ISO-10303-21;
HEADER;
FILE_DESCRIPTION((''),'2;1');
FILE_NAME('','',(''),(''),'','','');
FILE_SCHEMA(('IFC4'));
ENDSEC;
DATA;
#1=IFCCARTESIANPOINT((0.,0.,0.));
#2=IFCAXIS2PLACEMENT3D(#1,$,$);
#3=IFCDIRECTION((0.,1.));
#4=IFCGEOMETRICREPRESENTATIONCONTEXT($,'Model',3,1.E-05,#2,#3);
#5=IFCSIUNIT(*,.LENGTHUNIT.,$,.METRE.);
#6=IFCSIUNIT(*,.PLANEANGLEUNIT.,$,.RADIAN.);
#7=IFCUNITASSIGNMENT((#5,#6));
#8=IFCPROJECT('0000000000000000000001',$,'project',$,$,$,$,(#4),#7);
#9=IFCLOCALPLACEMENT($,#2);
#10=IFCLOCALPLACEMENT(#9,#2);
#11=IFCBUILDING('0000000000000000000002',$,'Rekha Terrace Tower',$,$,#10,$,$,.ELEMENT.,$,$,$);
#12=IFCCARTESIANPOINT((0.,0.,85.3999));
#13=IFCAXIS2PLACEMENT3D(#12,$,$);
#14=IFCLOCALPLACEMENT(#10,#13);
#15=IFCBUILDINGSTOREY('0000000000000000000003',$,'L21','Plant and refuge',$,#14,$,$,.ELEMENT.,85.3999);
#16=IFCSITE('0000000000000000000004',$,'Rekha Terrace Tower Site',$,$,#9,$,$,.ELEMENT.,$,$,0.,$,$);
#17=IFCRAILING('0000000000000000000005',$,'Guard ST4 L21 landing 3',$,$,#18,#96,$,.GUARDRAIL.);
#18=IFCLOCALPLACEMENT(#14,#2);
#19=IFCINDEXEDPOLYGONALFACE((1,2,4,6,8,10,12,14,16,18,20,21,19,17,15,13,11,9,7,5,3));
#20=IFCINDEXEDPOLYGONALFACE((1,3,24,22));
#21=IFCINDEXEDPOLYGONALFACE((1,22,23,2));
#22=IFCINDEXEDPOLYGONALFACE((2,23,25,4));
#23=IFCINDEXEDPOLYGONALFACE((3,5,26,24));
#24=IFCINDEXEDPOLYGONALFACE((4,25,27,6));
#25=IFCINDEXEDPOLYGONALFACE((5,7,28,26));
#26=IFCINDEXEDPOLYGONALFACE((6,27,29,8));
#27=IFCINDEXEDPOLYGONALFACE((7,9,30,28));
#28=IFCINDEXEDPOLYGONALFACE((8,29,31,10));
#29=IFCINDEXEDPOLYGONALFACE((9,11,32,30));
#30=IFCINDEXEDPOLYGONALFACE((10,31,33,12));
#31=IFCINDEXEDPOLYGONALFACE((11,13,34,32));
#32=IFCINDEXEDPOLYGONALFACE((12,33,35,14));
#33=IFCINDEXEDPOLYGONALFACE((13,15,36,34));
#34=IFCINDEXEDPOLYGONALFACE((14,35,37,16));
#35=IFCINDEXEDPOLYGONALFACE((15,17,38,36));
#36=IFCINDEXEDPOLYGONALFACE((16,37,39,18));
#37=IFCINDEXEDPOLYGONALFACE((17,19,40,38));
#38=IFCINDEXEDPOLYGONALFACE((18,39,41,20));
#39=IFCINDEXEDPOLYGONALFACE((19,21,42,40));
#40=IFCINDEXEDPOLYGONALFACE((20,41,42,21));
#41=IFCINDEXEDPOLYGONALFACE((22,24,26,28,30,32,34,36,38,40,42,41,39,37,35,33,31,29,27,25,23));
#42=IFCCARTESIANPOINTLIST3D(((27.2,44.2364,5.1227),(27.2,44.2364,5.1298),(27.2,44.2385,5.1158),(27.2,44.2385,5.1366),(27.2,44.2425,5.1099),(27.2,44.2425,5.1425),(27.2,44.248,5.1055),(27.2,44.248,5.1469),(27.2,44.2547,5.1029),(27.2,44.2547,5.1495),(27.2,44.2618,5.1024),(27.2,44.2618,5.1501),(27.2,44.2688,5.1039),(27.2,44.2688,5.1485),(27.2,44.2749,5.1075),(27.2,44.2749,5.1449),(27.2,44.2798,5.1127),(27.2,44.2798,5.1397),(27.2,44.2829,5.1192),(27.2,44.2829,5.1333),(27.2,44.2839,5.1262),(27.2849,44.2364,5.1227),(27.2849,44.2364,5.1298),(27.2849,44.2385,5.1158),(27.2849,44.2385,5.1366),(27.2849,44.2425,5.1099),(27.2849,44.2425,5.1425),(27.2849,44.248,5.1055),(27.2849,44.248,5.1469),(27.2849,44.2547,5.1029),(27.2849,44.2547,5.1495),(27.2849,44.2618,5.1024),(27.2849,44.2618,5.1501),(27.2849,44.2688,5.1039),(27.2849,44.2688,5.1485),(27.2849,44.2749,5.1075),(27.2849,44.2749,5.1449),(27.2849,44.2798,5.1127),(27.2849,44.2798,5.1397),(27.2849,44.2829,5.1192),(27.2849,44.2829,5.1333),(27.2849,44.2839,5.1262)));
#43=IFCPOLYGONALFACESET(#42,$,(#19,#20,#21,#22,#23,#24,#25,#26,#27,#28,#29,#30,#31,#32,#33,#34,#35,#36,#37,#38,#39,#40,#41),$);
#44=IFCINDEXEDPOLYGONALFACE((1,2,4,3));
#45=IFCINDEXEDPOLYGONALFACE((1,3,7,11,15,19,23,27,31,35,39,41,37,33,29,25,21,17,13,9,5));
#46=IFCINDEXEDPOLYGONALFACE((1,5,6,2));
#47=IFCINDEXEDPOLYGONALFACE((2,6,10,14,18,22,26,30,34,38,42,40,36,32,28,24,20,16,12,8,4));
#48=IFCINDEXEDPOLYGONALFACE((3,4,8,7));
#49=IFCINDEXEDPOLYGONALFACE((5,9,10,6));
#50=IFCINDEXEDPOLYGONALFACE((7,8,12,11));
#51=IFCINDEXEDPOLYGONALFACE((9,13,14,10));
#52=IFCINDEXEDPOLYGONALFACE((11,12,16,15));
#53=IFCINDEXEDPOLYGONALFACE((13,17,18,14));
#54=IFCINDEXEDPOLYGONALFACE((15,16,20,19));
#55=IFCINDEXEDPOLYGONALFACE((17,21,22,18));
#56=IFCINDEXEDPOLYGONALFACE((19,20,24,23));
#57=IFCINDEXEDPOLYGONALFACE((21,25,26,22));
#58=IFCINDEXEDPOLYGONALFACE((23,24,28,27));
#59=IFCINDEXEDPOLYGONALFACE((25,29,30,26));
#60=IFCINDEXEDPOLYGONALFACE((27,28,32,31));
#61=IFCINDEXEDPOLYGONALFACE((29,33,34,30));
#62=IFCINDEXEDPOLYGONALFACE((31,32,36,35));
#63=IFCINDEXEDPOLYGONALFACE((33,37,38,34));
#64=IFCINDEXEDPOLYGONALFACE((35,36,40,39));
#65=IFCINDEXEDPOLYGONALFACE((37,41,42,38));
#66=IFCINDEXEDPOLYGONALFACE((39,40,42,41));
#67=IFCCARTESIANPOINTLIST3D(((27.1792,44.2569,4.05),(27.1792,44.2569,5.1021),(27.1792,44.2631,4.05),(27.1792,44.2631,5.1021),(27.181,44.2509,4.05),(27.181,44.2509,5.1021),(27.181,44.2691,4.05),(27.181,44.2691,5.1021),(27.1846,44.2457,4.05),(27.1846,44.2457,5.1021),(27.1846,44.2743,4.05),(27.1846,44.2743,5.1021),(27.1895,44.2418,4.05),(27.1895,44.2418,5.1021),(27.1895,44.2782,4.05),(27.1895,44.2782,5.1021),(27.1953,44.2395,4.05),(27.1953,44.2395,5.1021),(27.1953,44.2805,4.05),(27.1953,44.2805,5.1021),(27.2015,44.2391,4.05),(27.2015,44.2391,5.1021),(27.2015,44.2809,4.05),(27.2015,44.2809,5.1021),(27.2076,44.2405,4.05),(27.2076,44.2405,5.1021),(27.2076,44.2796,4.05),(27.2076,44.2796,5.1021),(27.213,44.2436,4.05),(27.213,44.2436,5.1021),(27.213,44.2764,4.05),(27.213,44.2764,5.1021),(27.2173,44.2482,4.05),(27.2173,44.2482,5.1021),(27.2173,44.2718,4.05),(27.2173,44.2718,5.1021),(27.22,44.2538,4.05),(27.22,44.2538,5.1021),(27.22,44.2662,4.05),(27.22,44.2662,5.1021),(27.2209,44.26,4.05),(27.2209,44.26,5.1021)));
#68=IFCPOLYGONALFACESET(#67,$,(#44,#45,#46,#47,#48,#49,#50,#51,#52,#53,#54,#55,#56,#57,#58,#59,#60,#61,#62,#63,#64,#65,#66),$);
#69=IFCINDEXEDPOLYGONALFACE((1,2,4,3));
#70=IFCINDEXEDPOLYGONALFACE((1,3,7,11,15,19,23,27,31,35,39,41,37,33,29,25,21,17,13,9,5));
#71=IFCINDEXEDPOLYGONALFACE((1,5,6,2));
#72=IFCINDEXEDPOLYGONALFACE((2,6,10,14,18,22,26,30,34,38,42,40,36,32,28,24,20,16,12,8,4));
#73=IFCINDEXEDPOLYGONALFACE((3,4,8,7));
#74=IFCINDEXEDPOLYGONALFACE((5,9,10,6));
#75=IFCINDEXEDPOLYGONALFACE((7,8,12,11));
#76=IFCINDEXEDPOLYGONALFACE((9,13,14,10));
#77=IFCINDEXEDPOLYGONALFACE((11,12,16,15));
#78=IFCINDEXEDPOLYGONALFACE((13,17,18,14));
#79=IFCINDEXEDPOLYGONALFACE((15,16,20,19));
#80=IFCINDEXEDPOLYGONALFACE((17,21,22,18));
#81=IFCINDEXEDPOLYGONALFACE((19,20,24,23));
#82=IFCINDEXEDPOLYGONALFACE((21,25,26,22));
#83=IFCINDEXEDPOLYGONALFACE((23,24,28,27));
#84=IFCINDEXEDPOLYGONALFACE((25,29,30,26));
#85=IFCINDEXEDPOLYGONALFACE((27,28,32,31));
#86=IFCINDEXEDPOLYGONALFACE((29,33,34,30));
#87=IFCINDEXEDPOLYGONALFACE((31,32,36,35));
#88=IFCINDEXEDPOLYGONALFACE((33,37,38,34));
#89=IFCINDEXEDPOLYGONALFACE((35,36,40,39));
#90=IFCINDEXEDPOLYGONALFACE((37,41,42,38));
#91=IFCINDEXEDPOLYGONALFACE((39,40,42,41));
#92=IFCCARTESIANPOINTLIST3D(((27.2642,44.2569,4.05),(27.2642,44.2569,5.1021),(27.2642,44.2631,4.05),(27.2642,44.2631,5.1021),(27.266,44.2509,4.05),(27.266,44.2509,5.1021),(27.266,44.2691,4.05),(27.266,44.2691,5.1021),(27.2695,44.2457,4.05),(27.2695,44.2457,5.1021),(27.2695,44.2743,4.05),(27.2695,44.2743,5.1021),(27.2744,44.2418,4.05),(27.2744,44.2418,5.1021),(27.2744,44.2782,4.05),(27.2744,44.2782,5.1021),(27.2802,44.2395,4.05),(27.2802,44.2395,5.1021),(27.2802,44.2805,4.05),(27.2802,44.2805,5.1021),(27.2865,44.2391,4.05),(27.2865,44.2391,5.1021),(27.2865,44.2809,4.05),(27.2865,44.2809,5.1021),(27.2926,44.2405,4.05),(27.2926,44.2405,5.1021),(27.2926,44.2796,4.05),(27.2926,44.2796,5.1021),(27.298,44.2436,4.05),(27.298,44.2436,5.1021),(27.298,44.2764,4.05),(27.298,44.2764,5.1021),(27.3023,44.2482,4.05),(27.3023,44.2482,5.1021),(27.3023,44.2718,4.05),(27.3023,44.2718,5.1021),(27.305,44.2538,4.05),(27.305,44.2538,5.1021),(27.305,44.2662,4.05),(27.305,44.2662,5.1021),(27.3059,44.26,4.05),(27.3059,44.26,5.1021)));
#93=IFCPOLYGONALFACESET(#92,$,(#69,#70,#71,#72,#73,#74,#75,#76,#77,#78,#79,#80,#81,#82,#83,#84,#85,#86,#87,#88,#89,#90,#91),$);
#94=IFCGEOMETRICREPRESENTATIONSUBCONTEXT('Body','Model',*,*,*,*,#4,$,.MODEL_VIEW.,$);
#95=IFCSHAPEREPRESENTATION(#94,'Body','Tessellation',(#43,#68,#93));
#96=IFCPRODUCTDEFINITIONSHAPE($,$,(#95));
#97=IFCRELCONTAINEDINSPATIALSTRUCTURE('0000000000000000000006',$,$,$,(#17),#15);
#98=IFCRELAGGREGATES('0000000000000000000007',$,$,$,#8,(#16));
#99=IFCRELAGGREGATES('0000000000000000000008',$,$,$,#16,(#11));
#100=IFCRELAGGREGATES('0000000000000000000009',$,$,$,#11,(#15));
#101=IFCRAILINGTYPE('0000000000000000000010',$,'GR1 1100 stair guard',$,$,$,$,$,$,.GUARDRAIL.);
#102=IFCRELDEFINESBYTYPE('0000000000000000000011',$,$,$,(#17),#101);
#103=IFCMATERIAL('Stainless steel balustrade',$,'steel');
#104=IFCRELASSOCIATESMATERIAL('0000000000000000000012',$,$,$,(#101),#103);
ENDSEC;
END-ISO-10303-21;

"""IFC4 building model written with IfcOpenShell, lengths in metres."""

from ifc_helpers import new_model, si_unit, direction, frame, origin, origin_2d, place, context, subcontext, project, spatial, circle, extrude, material, type_object, element, save


model = new_model("IFC4")

# Units and contexts
model_context = context("Model", 3, precision=1e-05, world=origin(), true_north=direction((0.0, 1.0)))
body_context = subcontext(model_context, "Body", "Model", "MODEL_VIEW")
ifc_project = project(units=[si_unit("LENGTHUNIT", "METRE"), si_unit("PLANEANGLEUNIT", "RADIAN")], contexts=[model_context])

# Site, building, storey
site_placement = place(None, origin())
site = spatial("IfcSite", under=ifc_project, at=site_placement, Name="Rekha Terrace Tower Site", CompositionType="ELEMENT", RefElevation=0.0)
building_placement = place(site_placement, origin())
building = spatial("IfcBuilding", under=site, at=building_placement, Name="Rekha Terrace Tower", CompositionType="ELEMENT")
storey_placement = place(building_placement, frame((0.0, 0.0, 85.3999)))
storey = spatial("IfcBuildingStorey", under=building, at=storey_placement, Name="L21", Description="Plant and refuge", CompositionType="ELEMENT", Elevation=85.3999)

# Railing
ifc_material_1 = material(Name="Stainless steel balustrade", Category="steel")
railing_type_1 = type_object("IfcRailingType", Name="GR1 1100 stair guard", PredefinedType="GUARDRAIL", material=ifc_material_1)
railing_1_placement = place(storey_placement, frame((27.2, 44.26, 4.05)))
element("IfcRailing", 1, at=railing_1_placement, inside=storey, type_object=railing_type_1, Name="Guard ST4 L21 landing 3", PredefinedType="GUARDRAIL", context=body_context, shape_type="SweptSolid", body=[
    extrude(circle(Radius=0.0239, at=origin_2d()), frame((0.0, 0.0, 1.0762), z_axis=(1.0, 0.0, 0.0), x_axis=(0.0, 1.0, 0.0)), (0.0, 0.0, 1.0), 0.085),
    extrude(circle(Radius=0.021, at=origin_2d()), origin(), (0.0, 0.0, 1.0), 1.052),
    extrude(circle(Radius=0.021, at=origin_2d()), frame((0.085, 0.0, 0.0)), (0.0, 0.0, 1.0), 1.052),
])

save(model, "model.ifc")
